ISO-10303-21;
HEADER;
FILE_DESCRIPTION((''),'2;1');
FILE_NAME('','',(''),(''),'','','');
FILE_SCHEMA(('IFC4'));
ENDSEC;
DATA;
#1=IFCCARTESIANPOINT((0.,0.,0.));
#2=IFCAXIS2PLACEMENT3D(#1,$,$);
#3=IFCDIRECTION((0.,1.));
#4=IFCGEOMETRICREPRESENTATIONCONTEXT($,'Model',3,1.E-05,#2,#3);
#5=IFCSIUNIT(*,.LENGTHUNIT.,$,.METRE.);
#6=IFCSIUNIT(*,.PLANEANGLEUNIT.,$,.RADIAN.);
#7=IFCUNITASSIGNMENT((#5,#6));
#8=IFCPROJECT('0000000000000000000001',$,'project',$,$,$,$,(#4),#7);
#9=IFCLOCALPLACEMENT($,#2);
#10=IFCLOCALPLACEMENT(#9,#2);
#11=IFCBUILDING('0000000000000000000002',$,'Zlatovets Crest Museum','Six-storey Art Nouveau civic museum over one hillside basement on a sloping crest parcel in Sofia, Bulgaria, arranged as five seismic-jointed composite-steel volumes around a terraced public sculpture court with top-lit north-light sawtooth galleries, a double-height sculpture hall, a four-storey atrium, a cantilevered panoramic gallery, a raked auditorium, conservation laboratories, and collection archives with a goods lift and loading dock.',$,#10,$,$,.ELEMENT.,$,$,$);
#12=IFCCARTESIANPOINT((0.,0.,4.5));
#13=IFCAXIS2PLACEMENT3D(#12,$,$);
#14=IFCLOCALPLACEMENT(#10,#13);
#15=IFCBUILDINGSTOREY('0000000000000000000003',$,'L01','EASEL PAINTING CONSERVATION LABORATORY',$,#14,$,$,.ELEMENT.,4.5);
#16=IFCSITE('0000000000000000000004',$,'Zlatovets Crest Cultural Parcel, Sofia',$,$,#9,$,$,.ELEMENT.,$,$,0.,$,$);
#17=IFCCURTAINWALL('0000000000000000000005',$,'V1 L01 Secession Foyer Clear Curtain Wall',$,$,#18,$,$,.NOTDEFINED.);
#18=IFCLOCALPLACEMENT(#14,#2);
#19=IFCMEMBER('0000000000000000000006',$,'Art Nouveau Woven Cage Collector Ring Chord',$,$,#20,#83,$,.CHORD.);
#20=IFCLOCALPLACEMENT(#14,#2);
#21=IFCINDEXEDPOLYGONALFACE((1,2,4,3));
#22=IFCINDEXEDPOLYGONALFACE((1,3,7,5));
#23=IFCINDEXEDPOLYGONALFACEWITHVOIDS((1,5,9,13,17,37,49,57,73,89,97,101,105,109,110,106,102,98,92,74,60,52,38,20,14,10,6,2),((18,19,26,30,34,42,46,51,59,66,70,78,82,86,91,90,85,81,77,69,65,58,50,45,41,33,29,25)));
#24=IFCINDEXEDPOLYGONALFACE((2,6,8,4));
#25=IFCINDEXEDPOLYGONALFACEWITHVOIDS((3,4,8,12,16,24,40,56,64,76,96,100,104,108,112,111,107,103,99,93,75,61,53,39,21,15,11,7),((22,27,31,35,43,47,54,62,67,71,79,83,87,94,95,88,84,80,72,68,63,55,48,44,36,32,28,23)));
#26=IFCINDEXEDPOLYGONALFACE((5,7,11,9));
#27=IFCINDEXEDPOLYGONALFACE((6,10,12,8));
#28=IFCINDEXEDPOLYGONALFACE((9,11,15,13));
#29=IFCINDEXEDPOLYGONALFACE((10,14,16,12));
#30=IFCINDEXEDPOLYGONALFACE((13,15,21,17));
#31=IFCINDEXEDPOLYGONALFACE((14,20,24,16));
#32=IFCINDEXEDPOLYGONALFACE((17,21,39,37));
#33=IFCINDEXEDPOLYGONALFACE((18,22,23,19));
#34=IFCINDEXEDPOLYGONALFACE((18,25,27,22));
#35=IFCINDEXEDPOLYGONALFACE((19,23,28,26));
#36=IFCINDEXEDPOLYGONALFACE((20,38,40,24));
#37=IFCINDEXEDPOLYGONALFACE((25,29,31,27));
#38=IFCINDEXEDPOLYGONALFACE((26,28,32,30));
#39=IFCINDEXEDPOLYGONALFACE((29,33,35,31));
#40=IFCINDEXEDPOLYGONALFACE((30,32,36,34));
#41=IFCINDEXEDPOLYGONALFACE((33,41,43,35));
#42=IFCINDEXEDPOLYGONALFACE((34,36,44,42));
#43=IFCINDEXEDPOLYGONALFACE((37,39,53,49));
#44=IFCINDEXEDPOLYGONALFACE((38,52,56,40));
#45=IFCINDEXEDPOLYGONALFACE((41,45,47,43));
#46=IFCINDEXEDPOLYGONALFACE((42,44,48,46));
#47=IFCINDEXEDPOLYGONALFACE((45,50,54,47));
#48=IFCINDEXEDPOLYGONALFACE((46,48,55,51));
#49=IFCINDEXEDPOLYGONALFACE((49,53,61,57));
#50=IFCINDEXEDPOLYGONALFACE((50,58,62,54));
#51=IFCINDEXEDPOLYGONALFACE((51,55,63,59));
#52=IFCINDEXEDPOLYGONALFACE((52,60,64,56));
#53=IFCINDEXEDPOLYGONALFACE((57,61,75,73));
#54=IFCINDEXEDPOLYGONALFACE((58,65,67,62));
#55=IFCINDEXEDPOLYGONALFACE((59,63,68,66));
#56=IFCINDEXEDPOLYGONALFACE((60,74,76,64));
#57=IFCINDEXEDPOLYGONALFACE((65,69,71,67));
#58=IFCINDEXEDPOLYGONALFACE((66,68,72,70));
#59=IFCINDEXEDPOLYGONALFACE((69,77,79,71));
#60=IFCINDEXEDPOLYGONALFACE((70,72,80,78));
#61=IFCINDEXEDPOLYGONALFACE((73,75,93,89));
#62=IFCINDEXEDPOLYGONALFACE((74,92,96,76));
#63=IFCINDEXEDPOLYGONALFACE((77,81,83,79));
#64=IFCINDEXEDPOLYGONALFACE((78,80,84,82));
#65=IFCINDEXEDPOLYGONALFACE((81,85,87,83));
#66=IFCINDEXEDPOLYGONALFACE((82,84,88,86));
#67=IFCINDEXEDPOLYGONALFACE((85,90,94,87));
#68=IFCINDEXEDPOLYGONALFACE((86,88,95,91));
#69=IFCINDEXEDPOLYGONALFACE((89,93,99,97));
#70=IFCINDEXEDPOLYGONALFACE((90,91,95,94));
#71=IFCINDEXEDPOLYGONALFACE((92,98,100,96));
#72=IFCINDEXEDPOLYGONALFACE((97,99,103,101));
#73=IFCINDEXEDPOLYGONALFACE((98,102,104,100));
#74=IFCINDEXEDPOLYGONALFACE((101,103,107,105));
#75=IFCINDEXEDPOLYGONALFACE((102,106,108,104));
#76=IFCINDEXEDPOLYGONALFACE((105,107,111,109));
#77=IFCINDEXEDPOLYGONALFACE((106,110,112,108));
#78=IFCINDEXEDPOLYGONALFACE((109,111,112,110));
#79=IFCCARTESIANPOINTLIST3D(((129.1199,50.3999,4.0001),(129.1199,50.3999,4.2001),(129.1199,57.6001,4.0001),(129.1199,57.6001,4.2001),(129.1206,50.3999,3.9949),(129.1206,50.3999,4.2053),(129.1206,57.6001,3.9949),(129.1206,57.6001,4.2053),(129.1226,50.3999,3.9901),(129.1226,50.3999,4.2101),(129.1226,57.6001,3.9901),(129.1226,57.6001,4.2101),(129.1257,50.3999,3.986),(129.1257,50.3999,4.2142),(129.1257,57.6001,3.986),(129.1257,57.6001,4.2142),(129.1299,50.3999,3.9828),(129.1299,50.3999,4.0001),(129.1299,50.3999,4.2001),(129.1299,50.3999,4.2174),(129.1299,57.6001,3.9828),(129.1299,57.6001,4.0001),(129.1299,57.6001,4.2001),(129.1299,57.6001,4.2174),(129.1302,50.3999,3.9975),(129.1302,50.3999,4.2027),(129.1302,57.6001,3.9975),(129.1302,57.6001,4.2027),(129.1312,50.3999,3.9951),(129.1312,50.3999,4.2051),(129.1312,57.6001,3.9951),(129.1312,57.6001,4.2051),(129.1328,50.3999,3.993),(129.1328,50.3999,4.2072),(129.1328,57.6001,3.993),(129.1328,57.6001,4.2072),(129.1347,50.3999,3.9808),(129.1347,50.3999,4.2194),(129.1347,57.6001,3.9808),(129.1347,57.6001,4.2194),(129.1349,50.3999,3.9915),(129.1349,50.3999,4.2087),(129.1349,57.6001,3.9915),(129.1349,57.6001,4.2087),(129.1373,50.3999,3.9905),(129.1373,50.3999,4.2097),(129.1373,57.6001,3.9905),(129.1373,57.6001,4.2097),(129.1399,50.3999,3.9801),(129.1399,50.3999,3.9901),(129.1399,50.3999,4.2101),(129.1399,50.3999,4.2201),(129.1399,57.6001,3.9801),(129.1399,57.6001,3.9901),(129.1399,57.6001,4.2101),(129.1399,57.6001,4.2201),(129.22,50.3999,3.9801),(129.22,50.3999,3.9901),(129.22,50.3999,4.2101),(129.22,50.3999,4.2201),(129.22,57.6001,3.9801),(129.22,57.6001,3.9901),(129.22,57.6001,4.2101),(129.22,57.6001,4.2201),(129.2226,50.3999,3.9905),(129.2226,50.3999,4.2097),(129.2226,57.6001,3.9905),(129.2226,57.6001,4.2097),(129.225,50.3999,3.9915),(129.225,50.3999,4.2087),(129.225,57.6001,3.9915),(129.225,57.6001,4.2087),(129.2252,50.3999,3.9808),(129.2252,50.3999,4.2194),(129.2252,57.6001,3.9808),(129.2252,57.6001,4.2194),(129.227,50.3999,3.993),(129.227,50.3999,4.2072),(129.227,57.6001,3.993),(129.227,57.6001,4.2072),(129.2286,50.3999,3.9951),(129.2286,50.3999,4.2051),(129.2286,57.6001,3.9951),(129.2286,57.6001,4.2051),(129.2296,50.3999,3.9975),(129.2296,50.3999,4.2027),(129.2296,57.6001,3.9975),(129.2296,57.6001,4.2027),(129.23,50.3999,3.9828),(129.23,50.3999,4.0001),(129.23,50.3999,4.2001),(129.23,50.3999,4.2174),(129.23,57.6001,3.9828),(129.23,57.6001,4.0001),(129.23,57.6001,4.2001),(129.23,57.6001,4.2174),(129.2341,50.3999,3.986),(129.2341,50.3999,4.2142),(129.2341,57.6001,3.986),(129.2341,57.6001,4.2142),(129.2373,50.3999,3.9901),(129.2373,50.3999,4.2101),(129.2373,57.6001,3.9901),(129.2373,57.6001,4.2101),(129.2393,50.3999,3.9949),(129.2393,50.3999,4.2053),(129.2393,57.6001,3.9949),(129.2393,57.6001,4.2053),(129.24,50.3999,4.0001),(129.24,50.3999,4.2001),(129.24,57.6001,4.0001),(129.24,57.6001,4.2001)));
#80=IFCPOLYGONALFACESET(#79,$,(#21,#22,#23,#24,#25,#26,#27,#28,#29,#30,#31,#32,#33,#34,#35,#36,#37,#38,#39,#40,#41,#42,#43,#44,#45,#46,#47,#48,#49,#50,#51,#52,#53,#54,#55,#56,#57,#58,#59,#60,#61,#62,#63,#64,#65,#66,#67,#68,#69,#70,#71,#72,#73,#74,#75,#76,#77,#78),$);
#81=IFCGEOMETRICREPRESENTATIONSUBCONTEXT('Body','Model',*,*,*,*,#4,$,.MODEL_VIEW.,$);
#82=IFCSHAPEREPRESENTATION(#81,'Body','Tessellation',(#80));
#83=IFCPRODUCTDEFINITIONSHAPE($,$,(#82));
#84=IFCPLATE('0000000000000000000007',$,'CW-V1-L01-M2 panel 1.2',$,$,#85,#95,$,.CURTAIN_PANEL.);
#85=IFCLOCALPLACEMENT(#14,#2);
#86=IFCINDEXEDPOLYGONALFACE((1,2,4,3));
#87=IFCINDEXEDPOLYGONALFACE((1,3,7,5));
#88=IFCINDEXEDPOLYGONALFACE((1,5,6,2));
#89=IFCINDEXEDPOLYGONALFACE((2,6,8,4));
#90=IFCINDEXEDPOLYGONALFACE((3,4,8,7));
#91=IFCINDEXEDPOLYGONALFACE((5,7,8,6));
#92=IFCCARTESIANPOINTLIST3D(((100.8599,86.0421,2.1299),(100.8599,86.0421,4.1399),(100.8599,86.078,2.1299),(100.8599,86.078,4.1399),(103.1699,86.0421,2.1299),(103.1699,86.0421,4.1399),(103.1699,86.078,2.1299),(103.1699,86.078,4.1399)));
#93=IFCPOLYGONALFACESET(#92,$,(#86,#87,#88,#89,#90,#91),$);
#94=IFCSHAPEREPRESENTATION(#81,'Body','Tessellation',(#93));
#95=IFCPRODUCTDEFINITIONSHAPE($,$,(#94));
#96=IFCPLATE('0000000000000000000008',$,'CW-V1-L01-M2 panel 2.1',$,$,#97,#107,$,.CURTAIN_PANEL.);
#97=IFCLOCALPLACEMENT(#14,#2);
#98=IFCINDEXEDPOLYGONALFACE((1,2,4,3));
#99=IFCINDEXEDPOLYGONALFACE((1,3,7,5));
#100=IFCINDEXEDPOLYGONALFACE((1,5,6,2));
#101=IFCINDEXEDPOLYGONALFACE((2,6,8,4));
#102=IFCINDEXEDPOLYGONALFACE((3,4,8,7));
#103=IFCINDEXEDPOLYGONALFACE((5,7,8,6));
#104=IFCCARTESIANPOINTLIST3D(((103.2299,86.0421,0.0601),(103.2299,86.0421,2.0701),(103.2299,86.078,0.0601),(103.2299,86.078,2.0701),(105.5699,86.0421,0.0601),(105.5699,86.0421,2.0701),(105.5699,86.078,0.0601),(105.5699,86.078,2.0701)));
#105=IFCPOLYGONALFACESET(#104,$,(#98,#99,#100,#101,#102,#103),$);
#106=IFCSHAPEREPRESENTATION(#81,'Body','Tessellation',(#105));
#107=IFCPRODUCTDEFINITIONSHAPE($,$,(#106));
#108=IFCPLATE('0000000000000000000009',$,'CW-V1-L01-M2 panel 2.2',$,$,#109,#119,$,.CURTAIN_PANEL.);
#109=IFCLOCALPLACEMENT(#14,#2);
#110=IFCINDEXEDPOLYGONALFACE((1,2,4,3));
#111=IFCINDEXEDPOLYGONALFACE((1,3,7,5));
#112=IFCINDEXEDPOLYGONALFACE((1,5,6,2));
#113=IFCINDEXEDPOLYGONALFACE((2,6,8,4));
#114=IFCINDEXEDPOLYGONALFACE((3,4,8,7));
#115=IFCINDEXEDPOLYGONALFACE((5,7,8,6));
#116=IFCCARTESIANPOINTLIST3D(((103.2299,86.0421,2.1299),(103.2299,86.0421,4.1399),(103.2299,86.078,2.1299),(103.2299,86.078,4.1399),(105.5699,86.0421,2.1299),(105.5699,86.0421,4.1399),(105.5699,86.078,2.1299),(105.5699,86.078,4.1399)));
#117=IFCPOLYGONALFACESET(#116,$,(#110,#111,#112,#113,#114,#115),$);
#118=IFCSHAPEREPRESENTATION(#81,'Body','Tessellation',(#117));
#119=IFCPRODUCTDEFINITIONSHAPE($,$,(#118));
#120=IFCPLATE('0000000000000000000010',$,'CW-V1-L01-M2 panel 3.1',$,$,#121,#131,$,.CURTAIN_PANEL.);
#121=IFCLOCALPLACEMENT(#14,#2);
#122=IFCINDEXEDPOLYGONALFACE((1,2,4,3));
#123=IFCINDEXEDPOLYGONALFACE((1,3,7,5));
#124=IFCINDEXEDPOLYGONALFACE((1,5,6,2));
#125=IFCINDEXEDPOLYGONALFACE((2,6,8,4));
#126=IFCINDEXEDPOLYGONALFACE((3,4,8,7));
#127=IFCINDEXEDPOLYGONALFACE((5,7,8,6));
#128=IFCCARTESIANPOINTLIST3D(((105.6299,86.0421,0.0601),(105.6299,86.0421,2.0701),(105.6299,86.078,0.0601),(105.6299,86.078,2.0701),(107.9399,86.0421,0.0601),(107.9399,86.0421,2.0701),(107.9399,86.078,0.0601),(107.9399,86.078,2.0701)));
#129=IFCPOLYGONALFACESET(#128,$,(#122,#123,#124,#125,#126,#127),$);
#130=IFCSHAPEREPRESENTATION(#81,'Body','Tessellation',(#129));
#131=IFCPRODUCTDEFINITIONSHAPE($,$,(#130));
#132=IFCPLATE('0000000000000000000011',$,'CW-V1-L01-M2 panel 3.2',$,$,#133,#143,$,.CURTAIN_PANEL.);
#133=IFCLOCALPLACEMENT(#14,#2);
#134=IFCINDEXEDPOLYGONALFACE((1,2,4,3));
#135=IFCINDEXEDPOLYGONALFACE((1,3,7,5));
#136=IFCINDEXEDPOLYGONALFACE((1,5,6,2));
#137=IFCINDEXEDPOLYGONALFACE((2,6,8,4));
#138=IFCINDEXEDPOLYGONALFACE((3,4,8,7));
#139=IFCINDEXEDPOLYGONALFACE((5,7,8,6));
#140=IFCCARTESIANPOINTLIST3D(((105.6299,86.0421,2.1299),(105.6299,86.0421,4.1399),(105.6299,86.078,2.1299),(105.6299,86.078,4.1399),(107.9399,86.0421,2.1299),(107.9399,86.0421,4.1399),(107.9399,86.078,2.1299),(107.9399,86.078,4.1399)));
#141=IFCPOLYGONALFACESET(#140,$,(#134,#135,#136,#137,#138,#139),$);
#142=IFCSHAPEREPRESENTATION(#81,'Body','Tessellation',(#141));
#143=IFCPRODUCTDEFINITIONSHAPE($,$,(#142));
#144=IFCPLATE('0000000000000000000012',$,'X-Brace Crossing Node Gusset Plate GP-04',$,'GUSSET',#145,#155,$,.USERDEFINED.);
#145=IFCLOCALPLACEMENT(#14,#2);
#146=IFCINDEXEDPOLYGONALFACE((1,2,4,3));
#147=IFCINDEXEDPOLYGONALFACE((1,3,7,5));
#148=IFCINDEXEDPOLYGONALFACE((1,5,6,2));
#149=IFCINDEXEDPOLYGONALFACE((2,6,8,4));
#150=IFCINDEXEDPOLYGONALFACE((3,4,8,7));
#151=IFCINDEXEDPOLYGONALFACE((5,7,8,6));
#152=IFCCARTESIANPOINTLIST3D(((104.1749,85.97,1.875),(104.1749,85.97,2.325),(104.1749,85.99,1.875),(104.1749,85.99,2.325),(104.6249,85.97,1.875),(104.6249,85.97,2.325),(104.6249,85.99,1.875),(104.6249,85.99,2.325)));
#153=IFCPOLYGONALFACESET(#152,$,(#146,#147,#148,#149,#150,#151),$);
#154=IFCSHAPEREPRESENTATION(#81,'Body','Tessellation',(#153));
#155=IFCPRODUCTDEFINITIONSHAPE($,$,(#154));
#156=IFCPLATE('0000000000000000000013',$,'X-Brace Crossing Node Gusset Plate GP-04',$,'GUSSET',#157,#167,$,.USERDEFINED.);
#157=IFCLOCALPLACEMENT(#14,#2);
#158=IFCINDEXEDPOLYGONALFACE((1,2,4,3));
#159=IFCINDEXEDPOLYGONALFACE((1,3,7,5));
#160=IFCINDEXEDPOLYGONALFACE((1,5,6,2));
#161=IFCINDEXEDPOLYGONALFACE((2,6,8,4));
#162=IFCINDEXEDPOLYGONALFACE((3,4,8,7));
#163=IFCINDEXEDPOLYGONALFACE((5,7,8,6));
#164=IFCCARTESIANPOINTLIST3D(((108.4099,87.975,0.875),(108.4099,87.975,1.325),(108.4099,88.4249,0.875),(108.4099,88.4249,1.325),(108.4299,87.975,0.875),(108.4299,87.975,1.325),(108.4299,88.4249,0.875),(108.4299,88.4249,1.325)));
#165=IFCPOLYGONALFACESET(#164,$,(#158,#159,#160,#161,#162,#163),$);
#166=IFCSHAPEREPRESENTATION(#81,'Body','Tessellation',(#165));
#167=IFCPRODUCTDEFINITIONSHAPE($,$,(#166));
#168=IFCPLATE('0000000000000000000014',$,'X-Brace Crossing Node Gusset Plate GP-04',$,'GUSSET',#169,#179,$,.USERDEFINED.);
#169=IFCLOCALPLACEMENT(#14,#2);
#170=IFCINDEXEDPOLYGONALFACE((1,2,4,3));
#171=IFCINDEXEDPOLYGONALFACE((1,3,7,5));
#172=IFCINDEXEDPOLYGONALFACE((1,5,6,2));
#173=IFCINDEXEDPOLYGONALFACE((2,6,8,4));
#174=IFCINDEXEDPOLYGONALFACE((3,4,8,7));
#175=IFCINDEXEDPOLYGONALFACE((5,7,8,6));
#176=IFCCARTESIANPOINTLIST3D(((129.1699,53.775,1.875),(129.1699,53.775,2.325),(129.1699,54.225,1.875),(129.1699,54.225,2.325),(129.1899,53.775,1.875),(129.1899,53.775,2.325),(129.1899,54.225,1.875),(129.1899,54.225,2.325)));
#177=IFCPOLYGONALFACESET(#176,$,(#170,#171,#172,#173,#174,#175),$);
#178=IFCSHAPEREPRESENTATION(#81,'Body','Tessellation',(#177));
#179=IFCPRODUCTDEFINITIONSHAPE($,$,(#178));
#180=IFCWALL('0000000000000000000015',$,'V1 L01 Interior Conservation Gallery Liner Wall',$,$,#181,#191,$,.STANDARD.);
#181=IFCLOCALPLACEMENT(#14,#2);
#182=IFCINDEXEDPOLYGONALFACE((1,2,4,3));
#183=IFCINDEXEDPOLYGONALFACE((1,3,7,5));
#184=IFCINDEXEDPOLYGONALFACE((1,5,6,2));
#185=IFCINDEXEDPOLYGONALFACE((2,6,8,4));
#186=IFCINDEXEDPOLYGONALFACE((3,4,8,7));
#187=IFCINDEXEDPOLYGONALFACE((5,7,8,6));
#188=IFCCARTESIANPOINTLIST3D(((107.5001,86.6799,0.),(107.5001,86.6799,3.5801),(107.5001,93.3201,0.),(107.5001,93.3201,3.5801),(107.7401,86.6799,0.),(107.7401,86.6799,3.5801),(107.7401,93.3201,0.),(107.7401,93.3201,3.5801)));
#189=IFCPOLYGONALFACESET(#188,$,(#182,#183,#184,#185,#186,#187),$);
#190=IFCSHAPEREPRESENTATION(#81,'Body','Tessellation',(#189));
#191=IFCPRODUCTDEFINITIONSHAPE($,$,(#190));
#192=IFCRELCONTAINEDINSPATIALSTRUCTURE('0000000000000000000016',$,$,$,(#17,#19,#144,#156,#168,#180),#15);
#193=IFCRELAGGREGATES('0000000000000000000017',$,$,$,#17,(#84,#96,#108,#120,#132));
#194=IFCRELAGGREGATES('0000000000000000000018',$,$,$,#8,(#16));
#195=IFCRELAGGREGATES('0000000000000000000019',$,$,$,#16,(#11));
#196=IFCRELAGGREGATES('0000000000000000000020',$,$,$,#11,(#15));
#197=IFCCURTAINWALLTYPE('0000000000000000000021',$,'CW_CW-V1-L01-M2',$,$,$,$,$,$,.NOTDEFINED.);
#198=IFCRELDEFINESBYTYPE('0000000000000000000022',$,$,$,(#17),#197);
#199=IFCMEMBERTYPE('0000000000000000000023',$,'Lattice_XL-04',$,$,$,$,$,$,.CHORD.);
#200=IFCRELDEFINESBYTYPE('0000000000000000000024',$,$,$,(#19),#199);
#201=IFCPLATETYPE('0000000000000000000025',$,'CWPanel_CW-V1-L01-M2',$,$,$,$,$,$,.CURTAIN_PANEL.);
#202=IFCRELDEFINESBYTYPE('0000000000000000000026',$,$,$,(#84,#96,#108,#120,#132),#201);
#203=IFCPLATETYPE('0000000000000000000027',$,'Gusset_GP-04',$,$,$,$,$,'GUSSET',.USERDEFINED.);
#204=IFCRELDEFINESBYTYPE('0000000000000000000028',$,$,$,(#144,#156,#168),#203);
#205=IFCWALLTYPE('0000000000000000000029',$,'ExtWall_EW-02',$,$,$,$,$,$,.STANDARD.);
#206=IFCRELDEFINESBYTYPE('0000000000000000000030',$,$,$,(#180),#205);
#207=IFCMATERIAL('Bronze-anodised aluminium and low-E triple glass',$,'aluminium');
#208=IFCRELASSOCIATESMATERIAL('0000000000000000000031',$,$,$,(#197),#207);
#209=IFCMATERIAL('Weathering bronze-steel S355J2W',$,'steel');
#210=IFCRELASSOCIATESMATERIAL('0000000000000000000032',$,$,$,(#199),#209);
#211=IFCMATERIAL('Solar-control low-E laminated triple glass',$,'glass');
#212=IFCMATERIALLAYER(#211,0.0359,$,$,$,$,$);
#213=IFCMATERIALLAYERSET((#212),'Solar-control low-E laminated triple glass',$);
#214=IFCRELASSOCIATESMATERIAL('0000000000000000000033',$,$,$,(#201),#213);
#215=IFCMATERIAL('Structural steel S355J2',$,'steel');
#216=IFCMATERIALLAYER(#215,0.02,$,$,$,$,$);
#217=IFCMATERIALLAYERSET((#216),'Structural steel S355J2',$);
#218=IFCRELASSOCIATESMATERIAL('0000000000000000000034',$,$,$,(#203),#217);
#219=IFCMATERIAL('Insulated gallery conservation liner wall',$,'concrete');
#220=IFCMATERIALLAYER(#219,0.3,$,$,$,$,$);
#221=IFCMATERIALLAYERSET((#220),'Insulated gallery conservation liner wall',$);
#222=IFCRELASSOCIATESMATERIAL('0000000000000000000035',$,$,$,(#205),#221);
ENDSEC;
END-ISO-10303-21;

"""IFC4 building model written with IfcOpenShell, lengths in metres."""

from ifc_helpers import new_model, si_unit, direction, frame, frame_2d, origin, origin_2d, place, context, subcontext, project, spatial, rectangle, hollow_rectangle, extrude, material, layer, layer_set, material_profile, profile_set, type_object, element, aggregate, save


model = new_model("IFC4")

# Units and contexts
model_context = context("Model", 3, precision=1e-05, world=origin(), true_north=direction((0.0, 1.0)))
body_context = subcontext(model_context, "Body", "Model", "MODEL_VIEW")
ifc_project = project(units=[si_unit("LENGTHUNIT", "METRE"), si_unit("PLANEANGLEUNIT", "RADIAN")], contexts=[model_context])

# Site, building, storey
site_placement = place(None, origin())
site = spatial("IfcSite", under=ifc_project, at=site_placement, Name="Zlatovets Crest Cultural Parcel, Sofia", CompositionType="ELEMENT", RefElevation=0.0)
building_placement = place(site_placement, origin())
building = spatial("IfcBuilding", under=site, at=building_placement, Name="Zlatovets Crest Museum", Description="Six-storey Art Nouveau civic museum over one hillside basement on a sloping crest parcel in Sofia, Bulgaria, arranged as five seismic-jointed composite-steel volumes around a terraced public sculpture court with top-lit north-light sawtooth galleries, a double-height sculpture hall, a four-storey atrium, a cantilevered panoramic gallery, a raked auditorium, conservation laboratories, and collection archives with a goods lift and loading dock.", CompositionType="ELEMENT")
storey_placement = place(building_placement, frame((0.0, 0.0, 4.5)))
storey = spatial("IfcBuildingStorey", under=building, at=storey_placement, Name="L01", Description="EASEL PAINTING CONSERVATION LABORATORY", CompositionType="ELEMENT", Elevation=4.5)

# Shared definitions
ifc_material_1 = material(Name="Structural steel S355J2", Category="steel")

# Curtain wall
ifc_material_2 = material(Name="Bronze-anodised aluminium and low-E triple glass", Category="aluminium")
curtain_wall_type = type_object("IfcCurtainWallType", Name="CW_CW-V1-L01-M2", PredefinedType="NOTDEFINED", material=ifc_material_2)
curtain_wall_placement = place(storey_placement, origin())
curtain_wall = element("IfcCurtainWall", 1, at=curtain_wall_placement, inside=storey, type_object=curtain_wall_type, Name="V1 L01 Secession Foyer Clear Curtain Wall", PredefinedType="NOTDEFINED")

# Member
ifc_material_3 = material(Name="Weathering bronze-steel S355J2W", Category="steel")
ifc_material_profile_1 = material_profile(ifc_material_3, hollow_rectangle(XDim=0.1201, YDim=0.24, WallThickness=0.01, InnerFilletRadius=0.01, OuterFilletRadius=0.02, at=origin_2d()), Name="RHS 120x240x10.0")
ifc_profile_set_1 = profile_set([ifc_material_profile_1], Name="Weathering bronze-steel S355J2W")
member_type_1 = type_object("IfcMemberType", Name="Lattice_XL-04", PredefinedType="CHORD", material=ifc_profile_set_1)
for number, where, z_axis, x_axis, name in (
    (2, (129.1799, 57.6001, 4.1001), (0.0, -1.0, 0.0), (1.0, 0.0, 0.0), "Art Nouveau Woven Cage Collector Ring Chord"),
):
    element("IfcMember", number, at=place(storey_placement, frame(where, z_axis=z_axis, x_axis=x_axis)), inside=storey, type_object=member_type_1, Name=name, PredefinedType="CHORD", context=body_context, shape_type="SweptSolid", body=[
        extrude(hollow_rectangle(XDim=0.1201, YDim=0.24, WallThickness=0.01, InnerFilletRadius=0.01, OuterFilletRadius=0.02, at=origin_2d()), origin(), (0.0, 0.0, 1.0), 7.2002),
    ])

# Plates
ifc_material_4 = material(Name="Solar-control low-E laminated triple glass", Category="glass")
ifc_layer_1 = layer(ifc_material_4, 0.0359)
ifc_layer_set_1 = layer_set([ifc_layer_1], Name="Solar-control low-E laminated triple glass")
plate_type_1 = type_object("IfcPlateType", Name="CWPanel_CW-V1-L01-M2", PredefinedType="CURTAIN_PANEL", material=ifc_layer_set_1)
plate_1_placement = place(storey_placement, frame((102.0149, 86.0601, 2.1299), z_axis=(0.0, 0.0, 1.0), x_axis=(1.0, 0.0, 0.0)))
plate_1 = element("IfcPlate", 3, at=plate_1_placement, type_object=plate_type_1, Name="CW-V1-L01-M2 panel 1.2", PredefinedType="CURTAIN_PANEL", context=body_context, shape_type="SweptSolid", body=[
    extrude(rectangle(XDim=2.3101, YDim=0.0359, at=origin_2d()), origin(), (0.0, 0.0, 1.0), 2.01),
])
plate_2_placement = place(storey_placement, frame((104.3999, 86.0601, 0.0601), z_axis=(0.0, 0.0, 1.0), x_axis=(1.0, 0.0, 0.0)))
plate_2 = element("IfcPlate", 4, at=plate_2_placement, type_object=plate_type_1, Name="CW-V1-L01-M2 panel 2.1", PredefinedType="CURTAIN_PANEL", context=body_context, shape_type="SweptSolid", body=[
    extrude(rectangle(XDim=2.3401, YDim=0.0359, at=origin_2d()), origin(), (0.0, 0.0, 1.0), 2.01),
])
plate_3_placement = place(storey_placement, frame((104.3999, 86.0601, 2.1299), z_axis=(0.0, 0.0, 1.0), x_axis=(1.0, 0.0, 0.0)))
plate_3 = element("IfcPlate", 5, at=plate_3_placement, type_object=plate_type_1, Name="CW-V1-L01-M2 panel 2.2", PredefinedType="CURTAIN_PANEL", context=body_context, shape_type="SweptSolid", body=[
    extrude(rectangle(XDim=2.3401, YDim=0.0359, at=origin_2d()), origin(), (0.0, 0.0, 1.0), 2.01),
])
plate_4_placement = place(storey_placement, frame((106.7849, 86.0601, 0.0601), z_axis=(0.0, 0.0, 1.0), x_axis=(1.0, 0.0, 0.0)))
plate_4 = element("IfcPlate", 6, at=plate_4_placement, type_object=plate_type_1, Name="CW-V1-L01-M2 panel 3.1", PredefinedType="CURTAIN_PANEL", context=body_context, shape_type="SweptSolid", body=[
    extrude(rectangle(XDim=2.3101, YDim=0.0359, at=origin_2d()), origin(), (0.0, 0.0, 1.0), 2.01),
])
plate_5_placement = place(storey_placement, frame((106.7849, 86.0601, 2.1299), z_axis=(0.0, 0.0, 1.0), x_axis=(1.0, 0.0, 0.0)))
plate_5 = element("IfcPlate", 7, at=plate_5_placement, type_object=plate_type_1, Name="CW-V1-L01-M2 panel 3.2", PredefinedType="CURTAIN_PANEL", context=body_context, shape_type="SweptSolid", body=[
    extrude(rectangle(XDim=2.3101, YDim=0.0359, at=origin_2d()), origin(), (0.0, 0.0, 1.0), 2.01),
])
aggregate(curtain_wall, [plate_1, plate_2, plate_3, plate_4, plate_5])

# Plates
ifc_layer_2 = layer(ifc_material_1, 0.02)
ifc_layer_set_2 = layer_set([ifc_layer_2], Name="Structural steel S355J2")
plate_type_2 = type_object("IfcPlateType", Name="Gusset_GP-04", ElementType="GUSSET", PredefinedType="USERDEFINED", material=ifc_layer_set_2)
plate_6_placement = place(storey_placement, frame((104.3999, 85.98, 1.875), z_axis=(0.0, 0.0, 1.0), x_axis=(1.0, 0.0, 0.0)))
element("IfcPlate", 8, at=plate_6_placement, inside=storey, type_object=plate_type_2, Name="X-Brace Crossing Node Gusset Plate GP-04", ObjectType="GUSSET", PredefinedType="USERDEFINED", context=body_context, shape_type="SweptSolid", body=[
    extrude(rectangle(XDim=0.45, YDim=0.02, at=origin_2d()), origin(), (0.0, 0.0, 1.0), 0.45),
])
for number, where, z_axis, x_axis, name in (
    (9, (108.4199, 88.2, 0.875), (0.0, 0.0, 1.0), (1.0, 0.0, 0.0), "X-Brace Crossing Node Gusset Plate GP-04"),
    (10, (129.1799, 54.0, 1.875), (0.0, 0.0, 1.0), (1.0, 0.0, 0.0), "X-Brace Crossing Node Gusset Plate GP-04"),
):
    element("IfcPlate", number, at=place(storey_placement, frame(where, z_axis=z_axis, x_axis=x_axis)), inside=storey, type_object=plate_type_2, Name=name, ObjectType="GUSSET", PredefinedType="USERDEFINED", context=body_context, shape_type="SweptSolid", body=[
        extrude(rectangle(XDim=0.02, YDim=0.45, at=origin_2d()), origin(), (0.0, 0.0, 1.0), 0.45),
    ])

# Wall
ifc_material_5 = material(Name="Insulated gallery conservation liner wall", Category="concrete")
ifc_layer_3 = layer(ifc_material_5, 0.3)
ifc_layer_set_3 = layer_set([ifc_layer_3], Name="Insulated gallery conservation liner wall")
wall_type = type_object("IfcWallType", Name="ExtWall_EW-02", PredefinedType="STANDARD", material=ifc_layer_set_3)
wall_placement = place(storey_placement, frame((107.6201, 86.6799, 0.0), z_axis=(0.0, 0.0, 1.0), x_axis=(0.0, 1.0, 0.0)))
element("IfcWall", 11, at=wall_placement, inside=storey, type_object=wall_type, Name="V1 L01 Interior Conservation Gallery Liner Wall", PredefinedType="STANDARD", context=body_context, shape_type="SweptSolid", body=[
    extrude(rectangle(XDim=6.6401, YDim=0.24, at=frame_2d((3.3201, 0.0))), origin(), (0.0, 0.0, 1.0), 3.5801),
])

save(model, "model.ifc")
